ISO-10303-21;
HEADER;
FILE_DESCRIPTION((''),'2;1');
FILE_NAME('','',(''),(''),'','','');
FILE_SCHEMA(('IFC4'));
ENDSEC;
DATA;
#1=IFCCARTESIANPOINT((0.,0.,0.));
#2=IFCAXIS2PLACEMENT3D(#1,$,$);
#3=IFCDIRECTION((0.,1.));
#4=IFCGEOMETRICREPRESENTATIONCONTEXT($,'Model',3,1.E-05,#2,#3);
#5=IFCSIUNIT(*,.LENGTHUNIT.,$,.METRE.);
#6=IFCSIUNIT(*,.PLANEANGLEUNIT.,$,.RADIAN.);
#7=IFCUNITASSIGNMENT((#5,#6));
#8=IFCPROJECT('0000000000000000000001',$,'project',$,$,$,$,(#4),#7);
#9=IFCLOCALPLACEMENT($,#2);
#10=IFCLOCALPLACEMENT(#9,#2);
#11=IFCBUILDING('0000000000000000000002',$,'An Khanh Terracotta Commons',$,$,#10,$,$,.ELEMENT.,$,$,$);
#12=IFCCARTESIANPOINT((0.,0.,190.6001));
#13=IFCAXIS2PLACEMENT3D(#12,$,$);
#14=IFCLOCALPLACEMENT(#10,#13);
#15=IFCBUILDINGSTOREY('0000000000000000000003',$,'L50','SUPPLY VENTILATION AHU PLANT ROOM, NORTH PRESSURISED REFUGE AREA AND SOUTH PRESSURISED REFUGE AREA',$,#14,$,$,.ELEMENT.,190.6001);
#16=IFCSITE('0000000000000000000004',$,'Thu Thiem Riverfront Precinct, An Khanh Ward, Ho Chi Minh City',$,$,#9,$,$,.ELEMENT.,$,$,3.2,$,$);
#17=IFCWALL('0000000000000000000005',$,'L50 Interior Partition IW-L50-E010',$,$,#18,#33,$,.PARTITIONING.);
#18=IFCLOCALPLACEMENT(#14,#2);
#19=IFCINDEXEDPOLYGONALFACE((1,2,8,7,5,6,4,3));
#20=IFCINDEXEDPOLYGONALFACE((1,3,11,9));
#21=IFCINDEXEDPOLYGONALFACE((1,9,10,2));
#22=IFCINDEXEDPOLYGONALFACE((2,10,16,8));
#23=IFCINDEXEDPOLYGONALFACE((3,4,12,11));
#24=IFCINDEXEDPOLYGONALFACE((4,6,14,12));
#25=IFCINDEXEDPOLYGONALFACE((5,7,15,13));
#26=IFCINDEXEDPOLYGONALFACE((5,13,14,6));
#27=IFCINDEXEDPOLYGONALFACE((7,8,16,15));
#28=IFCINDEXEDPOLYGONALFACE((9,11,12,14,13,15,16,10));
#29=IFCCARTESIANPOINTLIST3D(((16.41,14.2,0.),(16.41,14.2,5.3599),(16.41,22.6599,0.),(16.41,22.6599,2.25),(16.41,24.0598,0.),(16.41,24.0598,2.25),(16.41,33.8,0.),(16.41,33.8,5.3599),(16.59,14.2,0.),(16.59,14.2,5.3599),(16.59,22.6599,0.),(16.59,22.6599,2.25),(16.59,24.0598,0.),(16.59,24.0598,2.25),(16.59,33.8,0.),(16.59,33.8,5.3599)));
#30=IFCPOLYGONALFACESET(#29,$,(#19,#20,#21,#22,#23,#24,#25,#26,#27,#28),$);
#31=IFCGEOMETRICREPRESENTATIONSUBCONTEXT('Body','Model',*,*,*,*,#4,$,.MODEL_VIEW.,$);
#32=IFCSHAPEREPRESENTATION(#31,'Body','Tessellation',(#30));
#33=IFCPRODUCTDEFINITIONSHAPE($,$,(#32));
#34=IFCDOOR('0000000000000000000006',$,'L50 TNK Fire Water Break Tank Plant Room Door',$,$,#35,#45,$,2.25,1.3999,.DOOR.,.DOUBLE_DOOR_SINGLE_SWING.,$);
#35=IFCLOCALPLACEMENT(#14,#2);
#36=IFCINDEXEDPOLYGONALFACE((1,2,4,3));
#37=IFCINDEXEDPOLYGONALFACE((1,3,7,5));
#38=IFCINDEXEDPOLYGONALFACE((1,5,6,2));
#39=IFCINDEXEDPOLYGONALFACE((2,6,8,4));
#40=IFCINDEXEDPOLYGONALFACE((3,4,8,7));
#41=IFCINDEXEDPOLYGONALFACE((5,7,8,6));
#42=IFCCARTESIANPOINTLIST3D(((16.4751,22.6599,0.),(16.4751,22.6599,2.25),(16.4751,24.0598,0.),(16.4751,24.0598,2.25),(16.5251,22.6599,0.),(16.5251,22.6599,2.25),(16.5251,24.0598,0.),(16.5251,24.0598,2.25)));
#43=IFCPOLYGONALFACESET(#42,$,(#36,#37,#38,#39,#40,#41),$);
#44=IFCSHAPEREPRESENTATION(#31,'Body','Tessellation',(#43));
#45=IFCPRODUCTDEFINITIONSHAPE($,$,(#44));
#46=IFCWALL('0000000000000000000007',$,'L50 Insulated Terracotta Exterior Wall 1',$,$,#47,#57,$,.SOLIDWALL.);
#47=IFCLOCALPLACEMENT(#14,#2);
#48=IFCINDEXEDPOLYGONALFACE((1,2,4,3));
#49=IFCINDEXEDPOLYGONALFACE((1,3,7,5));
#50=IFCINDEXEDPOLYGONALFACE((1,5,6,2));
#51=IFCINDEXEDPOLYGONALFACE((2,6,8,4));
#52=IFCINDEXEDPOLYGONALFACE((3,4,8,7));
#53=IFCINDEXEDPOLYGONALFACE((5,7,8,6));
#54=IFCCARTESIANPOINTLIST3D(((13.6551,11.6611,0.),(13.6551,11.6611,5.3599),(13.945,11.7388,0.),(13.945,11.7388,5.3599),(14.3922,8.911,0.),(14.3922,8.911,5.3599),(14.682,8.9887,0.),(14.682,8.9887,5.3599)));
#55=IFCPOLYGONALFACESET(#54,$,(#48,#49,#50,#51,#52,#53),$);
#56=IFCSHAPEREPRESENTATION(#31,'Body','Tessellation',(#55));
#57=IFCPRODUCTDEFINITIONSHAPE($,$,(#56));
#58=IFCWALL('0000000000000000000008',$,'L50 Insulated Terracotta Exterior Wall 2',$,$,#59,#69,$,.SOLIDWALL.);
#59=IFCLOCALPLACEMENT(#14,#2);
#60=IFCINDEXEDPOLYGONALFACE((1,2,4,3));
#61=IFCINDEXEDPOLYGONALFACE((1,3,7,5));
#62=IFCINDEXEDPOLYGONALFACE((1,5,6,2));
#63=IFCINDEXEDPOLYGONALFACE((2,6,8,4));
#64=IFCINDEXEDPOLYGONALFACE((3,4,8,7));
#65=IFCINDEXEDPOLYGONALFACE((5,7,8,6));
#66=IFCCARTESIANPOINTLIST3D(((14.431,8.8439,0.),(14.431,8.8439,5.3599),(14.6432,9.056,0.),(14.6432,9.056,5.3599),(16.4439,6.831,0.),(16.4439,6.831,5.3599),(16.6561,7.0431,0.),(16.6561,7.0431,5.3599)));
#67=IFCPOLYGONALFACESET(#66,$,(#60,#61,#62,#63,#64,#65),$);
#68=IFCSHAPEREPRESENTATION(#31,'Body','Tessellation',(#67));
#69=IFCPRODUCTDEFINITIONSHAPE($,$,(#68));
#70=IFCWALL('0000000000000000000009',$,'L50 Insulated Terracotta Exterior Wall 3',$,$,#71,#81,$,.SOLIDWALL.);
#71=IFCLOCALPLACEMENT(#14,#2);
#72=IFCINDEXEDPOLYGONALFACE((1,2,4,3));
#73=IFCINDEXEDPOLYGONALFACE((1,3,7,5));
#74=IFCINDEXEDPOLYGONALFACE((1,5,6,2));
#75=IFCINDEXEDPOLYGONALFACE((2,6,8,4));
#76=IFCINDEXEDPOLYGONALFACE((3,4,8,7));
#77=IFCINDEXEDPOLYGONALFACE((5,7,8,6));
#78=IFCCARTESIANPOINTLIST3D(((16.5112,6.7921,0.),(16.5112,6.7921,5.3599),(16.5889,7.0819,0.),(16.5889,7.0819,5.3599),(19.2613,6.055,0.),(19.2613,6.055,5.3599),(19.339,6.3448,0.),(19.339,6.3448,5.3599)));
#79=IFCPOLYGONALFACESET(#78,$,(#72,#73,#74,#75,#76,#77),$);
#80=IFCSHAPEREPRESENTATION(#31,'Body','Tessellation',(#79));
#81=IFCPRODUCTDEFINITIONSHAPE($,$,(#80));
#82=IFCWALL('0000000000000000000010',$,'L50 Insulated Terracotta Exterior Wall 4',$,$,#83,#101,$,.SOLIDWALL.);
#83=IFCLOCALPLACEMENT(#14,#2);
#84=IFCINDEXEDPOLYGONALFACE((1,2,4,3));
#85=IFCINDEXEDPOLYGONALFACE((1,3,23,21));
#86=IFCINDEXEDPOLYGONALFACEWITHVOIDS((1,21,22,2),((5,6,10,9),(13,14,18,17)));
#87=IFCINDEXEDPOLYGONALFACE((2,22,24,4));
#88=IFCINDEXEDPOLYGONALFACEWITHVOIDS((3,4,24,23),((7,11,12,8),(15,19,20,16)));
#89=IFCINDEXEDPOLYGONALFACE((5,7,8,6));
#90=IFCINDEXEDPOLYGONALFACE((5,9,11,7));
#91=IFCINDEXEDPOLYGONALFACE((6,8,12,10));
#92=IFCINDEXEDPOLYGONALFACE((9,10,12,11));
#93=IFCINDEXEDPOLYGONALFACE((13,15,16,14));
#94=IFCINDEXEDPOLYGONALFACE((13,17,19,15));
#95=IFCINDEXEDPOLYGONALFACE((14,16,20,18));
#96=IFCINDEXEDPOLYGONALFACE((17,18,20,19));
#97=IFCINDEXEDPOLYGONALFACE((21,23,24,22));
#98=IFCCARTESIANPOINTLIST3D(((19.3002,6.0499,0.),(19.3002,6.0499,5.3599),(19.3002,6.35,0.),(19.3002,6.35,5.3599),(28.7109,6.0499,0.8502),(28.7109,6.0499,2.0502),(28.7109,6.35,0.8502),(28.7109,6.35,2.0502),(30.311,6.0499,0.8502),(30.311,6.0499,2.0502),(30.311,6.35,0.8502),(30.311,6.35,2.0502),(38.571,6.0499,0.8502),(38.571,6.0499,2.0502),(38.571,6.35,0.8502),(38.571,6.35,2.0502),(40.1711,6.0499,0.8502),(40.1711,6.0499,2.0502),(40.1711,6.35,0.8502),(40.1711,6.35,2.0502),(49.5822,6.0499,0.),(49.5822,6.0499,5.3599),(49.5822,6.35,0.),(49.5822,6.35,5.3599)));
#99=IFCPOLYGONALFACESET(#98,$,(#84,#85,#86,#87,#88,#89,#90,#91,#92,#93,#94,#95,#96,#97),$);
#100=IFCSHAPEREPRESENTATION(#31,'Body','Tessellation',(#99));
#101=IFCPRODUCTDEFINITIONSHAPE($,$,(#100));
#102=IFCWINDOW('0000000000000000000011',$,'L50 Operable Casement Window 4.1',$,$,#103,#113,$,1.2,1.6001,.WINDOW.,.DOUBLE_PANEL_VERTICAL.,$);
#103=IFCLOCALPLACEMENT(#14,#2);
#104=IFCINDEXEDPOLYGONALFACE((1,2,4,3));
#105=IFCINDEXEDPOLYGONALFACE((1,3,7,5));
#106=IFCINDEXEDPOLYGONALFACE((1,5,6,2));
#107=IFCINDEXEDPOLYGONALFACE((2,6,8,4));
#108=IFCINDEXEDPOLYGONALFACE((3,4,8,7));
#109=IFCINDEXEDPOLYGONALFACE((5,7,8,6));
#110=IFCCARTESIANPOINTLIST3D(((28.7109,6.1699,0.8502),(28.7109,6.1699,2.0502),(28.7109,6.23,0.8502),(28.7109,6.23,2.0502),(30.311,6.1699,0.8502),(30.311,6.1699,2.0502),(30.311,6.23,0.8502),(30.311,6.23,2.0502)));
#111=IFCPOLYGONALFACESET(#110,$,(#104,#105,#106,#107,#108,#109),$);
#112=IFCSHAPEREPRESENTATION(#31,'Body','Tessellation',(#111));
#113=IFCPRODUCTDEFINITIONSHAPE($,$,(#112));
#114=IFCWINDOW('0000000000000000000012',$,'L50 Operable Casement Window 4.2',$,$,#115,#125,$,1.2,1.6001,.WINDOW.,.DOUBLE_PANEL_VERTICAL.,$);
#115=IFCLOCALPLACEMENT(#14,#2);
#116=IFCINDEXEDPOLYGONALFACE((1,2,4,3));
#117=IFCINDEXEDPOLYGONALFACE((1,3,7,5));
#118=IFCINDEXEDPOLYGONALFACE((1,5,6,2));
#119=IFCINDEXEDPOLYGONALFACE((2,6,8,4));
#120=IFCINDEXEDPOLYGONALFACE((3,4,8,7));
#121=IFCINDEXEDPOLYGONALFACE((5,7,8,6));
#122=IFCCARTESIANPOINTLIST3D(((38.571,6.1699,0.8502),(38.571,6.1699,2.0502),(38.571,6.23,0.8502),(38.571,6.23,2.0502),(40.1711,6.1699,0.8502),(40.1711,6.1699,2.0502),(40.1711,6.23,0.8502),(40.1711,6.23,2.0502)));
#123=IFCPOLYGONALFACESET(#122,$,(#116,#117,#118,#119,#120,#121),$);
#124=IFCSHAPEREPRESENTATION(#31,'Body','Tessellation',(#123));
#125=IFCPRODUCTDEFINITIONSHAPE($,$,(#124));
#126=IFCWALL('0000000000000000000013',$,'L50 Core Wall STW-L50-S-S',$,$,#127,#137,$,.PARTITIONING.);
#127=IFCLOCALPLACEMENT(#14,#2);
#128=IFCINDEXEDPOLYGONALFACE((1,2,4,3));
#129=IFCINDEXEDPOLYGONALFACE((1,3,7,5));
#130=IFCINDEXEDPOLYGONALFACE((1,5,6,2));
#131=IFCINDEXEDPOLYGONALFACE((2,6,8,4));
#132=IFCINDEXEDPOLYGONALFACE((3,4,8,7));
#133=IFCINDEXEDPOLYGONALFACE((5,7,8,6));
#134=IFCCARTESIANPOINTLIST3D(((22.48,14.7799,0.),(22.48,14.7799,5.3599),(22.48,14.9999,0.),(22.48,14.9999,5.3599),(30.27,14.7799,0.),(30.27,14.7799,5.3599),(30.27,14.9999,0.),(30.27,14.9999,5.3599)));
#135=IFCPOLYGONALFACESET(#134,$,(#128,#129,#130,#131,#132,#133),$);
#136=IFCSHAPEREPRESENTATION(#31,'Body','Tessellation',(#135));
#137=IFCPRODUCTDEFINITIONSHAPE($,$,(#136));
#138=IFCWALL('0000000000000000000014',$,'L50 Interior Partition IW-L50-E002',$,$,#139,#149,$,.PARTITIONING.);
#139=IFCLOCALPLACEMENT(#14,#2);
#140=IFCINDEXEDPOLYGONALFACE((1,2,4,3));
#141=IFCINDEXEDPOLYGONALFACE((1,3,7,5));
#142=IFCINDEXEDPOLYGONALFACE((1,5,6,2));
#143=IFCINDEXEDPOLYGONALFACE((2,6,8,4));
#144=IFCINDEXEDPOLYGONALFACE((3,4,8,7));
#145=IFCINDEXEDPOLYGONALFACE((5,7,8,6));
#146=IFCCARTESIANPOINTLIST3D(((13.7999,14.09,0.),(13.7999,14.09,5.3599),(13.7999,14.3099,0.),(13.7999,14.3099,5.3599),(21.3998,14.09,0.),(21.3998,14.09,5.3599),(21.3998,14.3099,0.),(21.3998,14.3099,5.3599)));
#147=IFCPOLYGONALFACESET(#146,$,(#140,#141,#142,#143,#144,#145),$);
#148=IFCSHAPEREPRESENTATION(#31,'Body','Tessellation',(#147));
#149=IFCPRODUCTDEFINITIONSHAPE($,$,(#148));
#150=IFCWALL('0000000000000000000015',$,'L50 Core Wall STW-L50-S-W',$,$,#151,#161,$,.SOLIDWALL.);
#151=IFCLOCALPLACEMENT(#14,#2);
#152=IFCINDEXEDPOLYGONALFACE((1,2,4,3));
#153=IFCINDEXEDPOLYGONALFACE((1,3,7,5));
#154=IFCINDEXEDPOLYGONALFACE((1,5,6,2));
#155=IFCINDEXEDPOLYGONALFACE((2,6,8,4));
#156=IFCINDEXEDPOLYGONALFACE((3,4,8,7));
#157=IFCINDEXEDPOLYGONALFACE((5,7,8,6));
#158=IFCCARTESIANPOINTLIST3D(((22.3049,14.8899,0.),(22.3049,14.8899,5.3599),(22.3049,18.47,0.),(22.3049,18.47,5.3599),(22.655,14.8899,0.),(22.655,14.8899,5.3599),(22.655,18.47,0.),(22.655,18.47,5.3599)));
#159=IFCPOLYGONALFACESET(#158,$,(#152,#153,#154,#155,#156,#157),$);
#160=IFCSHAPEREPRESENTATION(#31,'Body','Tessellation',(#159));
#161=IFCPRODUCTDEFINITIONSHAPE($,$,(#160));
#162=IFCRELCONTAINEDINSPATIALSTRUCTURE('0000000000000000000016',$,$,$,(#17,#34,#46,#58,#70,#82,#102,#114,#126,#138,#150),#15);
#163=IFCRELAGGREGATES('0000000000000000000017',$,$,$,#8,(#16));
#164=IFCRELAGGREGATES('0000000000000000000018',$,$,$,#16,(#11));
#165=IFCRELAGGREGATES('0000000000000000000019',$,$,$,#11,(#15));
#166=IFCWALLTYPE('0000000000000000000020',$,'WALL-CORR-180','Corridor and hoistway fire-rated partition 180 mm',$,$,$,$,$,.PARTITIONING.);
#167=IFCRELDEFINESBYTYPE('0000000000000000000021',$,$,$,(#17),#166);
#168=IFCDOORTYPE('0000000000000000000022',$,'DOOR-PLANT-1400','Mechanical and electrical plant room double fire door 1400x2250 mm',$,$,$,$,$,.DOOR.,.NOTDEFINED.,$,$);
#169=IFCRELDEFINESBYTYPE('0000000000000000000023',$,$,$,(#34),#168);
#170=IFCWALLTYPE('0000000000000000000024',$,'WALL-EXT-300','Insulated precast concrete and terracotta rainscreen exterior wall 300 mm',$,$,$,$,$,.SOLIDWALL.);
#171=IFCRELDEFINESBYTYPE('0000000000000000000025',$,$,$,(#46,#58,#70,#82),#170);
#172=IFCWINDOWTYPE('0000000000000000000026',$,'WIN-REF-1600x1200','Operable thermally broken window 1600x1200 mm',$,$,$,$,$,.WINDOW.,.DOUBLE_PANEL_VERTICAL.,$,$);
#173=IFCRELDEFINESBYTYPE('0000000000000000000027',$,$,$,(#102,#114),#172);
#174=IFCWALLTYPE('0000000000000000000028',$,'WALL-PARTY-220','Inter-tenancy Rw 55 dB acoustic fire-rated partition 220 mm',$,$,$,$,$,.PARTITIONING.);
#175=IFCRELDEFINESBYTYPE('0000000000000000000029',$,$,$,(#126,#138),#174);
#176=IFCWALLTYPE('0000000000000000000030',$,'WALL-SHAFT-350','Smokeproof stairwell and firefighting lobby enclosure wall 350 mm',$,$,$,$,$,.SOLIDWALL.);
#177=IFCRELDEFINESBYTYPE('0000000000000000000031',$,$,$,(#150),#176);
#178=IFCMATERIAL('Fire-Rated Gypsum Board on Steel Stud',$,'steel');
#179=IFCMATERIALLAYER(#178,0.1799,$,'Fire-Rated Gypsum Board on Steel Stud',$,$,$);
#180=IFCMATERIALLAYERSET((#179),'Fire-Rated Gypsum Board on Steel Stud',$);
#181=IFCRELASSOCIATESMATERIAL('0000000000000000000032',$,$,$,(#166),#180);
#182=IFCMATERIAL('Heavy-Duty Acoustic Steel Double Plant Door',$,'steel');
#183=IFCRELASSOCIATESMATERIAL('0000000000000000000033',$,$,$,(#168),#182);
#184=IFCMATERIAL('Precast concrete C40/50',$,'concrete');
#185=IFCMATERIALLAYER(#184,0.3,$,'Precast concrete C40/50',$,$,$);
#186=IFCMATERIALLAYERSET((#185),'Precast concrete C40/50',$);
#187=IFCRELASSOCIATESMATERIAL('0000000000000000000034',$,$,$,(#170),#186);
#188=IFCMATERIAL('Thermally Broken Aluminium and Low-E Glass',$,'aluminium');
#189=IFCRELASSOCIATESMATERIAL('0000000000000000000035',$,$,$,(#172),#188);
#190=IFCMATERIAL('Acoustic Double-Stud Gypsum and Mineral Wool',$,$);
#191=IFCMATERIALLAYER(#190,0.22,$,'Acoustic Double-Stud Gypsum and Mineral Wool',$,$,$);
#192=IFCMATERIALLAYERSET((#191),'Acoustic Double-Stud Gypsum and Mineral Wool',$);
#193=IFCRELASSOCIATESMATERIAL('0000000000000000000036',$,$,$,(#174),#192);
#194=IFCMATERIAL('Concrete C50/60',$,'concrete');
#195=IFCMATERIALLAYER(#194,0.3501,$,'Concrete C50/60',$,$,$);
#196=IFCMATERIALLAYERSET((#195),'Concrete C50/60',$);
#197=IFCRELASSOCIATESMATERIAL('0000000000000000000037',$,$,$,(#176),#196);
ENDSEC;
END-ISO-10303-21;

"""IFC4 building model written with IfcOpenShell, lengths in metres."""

from ifc_helpers import new_model, si_unit, direction, frame, frame_2d, origin, place, context, subcontext, project, spatial, rectangle, extrude, material, layer, layer_set, type_object, element, fill, save


model = new_model("IFC4")

# Units and contexts
model_context = context("Model", 3, precision=1e-05, world=origin(), true_north=direction((0.0, 1.0)))
body_context = subcontext(model_context, "Body", "Model", "MODEL_VIEW")
ifc_project = project(units=[si_unit("LENGTHUNIT", "METRE"), si_unit("PLANEANGLEUNIT", "RADIAN")], contexts=[model_context])

# Site, building, storey
site_placement = place(None, origin())
site = spatial("IfcSite", under=ifc_project, at=site_placement, Name="Thu Thiem Riverfront Precinct, An Khanh Ward, Ho Chi Minh City", CompositionType="ELEMENT", RefElevation=3.2)
building_placement = place(site_placement, origin())
building = spatial("IfcBuilding", under=site, at=building_placement, Name="An Khanh Terracotta Commons", CompositionType="ELEMENT")
storey_placement = place(building_placement, frame((0.0, 0.0, 190.6001)))
storey = spatial("IfcBuildingStorey", under=building, at=storey_placement, Name="L50", Description="SUPPLY VENTILATION AHU PLANT ROOM, NORTH PRESSURISED REFUGE AREA AND SOUTH PRESSURISED REFUGE AREA", CompositionType="ELEMENT", Elevation=190.6001)

# Shared definitions
ifc_material_1 = material(Name="Precast concrete C40/50", Category="concrete")

# Shared definitions
ifc_material_2 = material(Name="Fire-Rated Gypsum Board on Steel Stud", Category="steel")
ifc_layer_1 = layer(ifc_material_2, 0.1799, Name="Fire-Rated Gypsum Board on Steel Stud")
ifc_layer_set_1 = layer_set([ifc_layer_1], Name="Fire-Rated Gypsum Board on Steel Stud")
wall_type_1 = type_object("IfcWallType", Name="WALL-CORR-180", Description="Corridor and hoistway fire-rated partition 180 mm", PredefinedType="PARTITIONING", material=ifc_layer_set_1)

# Wall, opening, door
ifc_material_3 = material(Name="Heavy-Duty Acoustic Steel Double Plant Door", Category="steel")
door_type = type_object("IfcDoorType", Name="DOOR-PLANT-1400", Description="Mechanical and electrical plant room double fire door 1400x2250 mm", OperationType="NOTDEFINED", PredefinedType="DOOR", material=ifc_material_3)
wall_1_placement = place(storey_placement, frame((16.5, 14.2, 0.0), z_axis=(0.0, 0.0, 1.0), x_axis=(0.0, 1.0, 0.0)))
wall_1 = element("IfcWall", 1, at=wall_1_placement, inside=storey, type_object=wall_type_1, Name="L50 Interior Partition IW-L50-E010", PredefinedType="PARTITIONING", context=body_context, shape_type="SweptSolid", body=[
    extrude(rectangle(XDim=19.6001, YDim=0.1799, at=frame_2d((9.8, 0.0))), origin(), (0.0, 0.0, 1.0), 5.3599),
])
opening_1_placement = place(wall_1_placement, frame((8.46, 0.0, 0.0)))
opening_1 = element("IfcOpeningElement", 2, at=opening_1_placement, cuts=wall_1, PredefinedType="OPENING", context=body_context, shape_type="SweptSolid", body=[
    extrude(rectangle(XDim=1.3999, YDim=2.25, at=frame_2d((0.7, 1.125))), frame((0.0, 0.0999, 0.0), z_axis=(0.0, -1.0, 0.0), x_axis=(1.0, 0.0, 0.0)), (0.0, 0.0, 1.0), 0.2),
])
door_1_placement = place(opening_1_placement, origin())
door_1 = element("IfcDoor", 3, at=door_1_placement, inside=storey, type_object=door_type, Name="L50 TNK Fire Water Break Tank Plant Room Door", OperationType="DOUBLE_DOOR_SINGLE_SWING", OverallHeight=2.25, OverallWidth=1.3999, PredefinedType="DOOR", context=body_context, shape_type="SweptSolid", body=[
    extrude(rectangle(XDim=1.3999, YDim=2.25, at=frame_2d((0.7, 1.125))), frame((0.0, 0.0249, 0.0), z_axis=(0.0, -1.0, 0.0), x_axis=(1.0, 0.0, 0.0)), (0.0, 0.0, 1.0), 0.05),
])
fill(opening_1, door_1)

# Walls
ifc_layer_2 = layer(ifc_material_1, 0.3, Name="Precast concrete C40/50")
ifc_layer_set_2 = layer_set([ifc_layer_2], Name="Precast concrete C40/50")
wall_type_2 = type_object("IfcWallType", Name="WALL-EXT-300", Description="Insulated precast concrete and terracotta rainscreen exterior wall 300 mm", PredefinedType="SOLIDWALL", material=ifc_layer_set_2)
wall_2_placement = place(storey_placement, frame((13.8, 11.7, 0.0), z_axis=(0.0, 0.0, 1.0), x_axis=(0.258885, -0.965908, 0.0)))
element("IfcWall", 4, at=wall_2_placement, inside=storey, type_object=wall_type_2, Name="L50 Insulated Terracotta Exterior Wall 1", PredefinedType="SOLIDWALL", context=body_context, shape_type="SweptSolid", body=[
    extrude(rectangle(XDim=2.8472, YDim=0.3, at=frame_2d((1.4236, 0.0))), origin(), (0.0, 0.0, 1.0), 5.3599),
])
wall_3_placement = place(storey_placement, frame((14.5371, 8.95, 0.0), z_axis=(0.0, 0.0, 1.0), x_axis=(0.707107, -0.707107, 0.0)))
element("IfcWall", 5, at=wall_3_placement, inside=storey, type_object=wall_type_2, Name="L50 Insulated Terracotta Exterior Wall 2", PredefinedType="SOLIDWALL", context=body_context, shape_type="SweptSolid", body=[
    extrude(rectangle(XDim=2.8467, YDim=0.3, at=frame_2d((1.4233, 0.0))), origin(), (0.0, 0.0, 1.0), 5.3599),
])
wall_4_placement = place(storey_placement, frame((16.55, 6.937, 0.0), z_axis=(0.0, 0.0, 1.0), x_axis=(0.965908, -0.258885, 0.0)))
element("IfcWall", 6, at=wall_4_placement, inside=storey, type_object=wall_type_2, Name="L50 Insulated Terracotta Exterior Wall 3", PredefinedType="SOLIDWALL", context=body_context, shape_type="SweptSolid", body=[
    extrude(rectangle(XDim=2.8472, YDim=0.3, at=frame_2d((1.4236, 0.0))), origin(), (0.0, 0.0, 1.0), 5.3599),
])

# Wall, openings, windows
wall_5_placement = place(storey_placement, frame((19.3, 6.2, 0.0), z_axis=(0.0, 0.0, 1.0), x_axis=(1.0, 0.0, 0.0)))
wall_5 = element("IfcWall", 7, at=wall_5_placement, inside=storey, type_object=wall_type_2, Name="L50 Insulated Terracotta Exterior Wall 4", PredefinedType="SOLIDWALL", context=body_context, shape_type="SweptSolid", body=[
    extrude(rectangle(XDim=30.282, YDim=0.3, at=frame_2d((15.1411, 0.0))), origin(), (0.0, 0.0, 1.0), 5.3599),
])
opening_2_placement = place(wall_5_placement, frame((9.4109, 0.0, 0.8501)))
opening_2 = element("IfcOpeningElement", 8, at=opening_2_placement, cuts=wall_5, PredefinedType="OPENING", context=body_context, shape_type="SweptSolid", body=[
    extrude(rectangle(XDim=1.6001, YDim=1.2, at=frame_2d((0.8, 0.6001))), frame((0.0, 0.1599, 0.0), z_axis=(0.0, -1.0, 0.0), x_axis=(1.0, 0.0, 0.0)), (0.0, 0.0, 1.0), 0.3201),
])
opening_3_placement = place(wall_5_placement, frame((19.271, 0.0, 0.8501)))
opening_3 = element("IfcOpeningElement", 9, at=opening_3_placement, cuts=wall_5, PredefinedType="OPENING", context=body_context, shape_type="SweptSolid", body=[
    extrude(rectangle(XDim=1.6001, YDim=1.2, at=frame_2d((0.8, 0.6001))), frame((0.0, 0.1599, 0.0), z_axis=(0.0, -1.0, 0.0), x_axis=(1.0, 0.0, 0.0)), (0.0, 0.0, 1.0), 0.3201),
])
ifc_material_4 = material(Name="Thermally Broken Aluminium and Low-E Glass", Category="aluminium")
window_type = type_object("IfcWindowType", Name="WIN-REF-1600x1200", Description="Operable thermally broken window 1600x1200 mm", PartitioningType="DOUBLE_PANEL_VERTICAL", PredefinedType="WINDOW", material=ifc_material_4)
window_1_placement = place(opening_2_placement, origin())
window_1 = element("IfcWindow", 10, at=window_1_placement, inside=storey, type_object=window_type, Name="L50 Operable Casement Window 4.1", OverallHeight=1.2, OverallWidth=1.6001, PartitioningType="DOUBLE_PANEL_VERTICAL", PredefinedType="WINDOW", context=body_context, shape_type="SweptSolid", body=[
    extrude(rectangle(XDim=1.6001, YDim=1.2, at=frame_2d((0.8, 0.6001))), frame((0.0, 0.03, 0.0), z_axis=(0.0, -1.0, 0.0), x_axis=(1.0, 0.0, 0.0)), (0.0, 0.0, 1.0), 0.0601),
])
fill(opening_2, window_1)
window_2_placement = place(opening_3_placement, origin())
window_2 = element("IfcWindow", 11, at=window_2_placement, inside=storey, type_object=window_type, Name="L50 Operable Casement Window 4.2", OverallHeight=1.2, OverallWidth=1.6001, PartitioningType="DOUBLE_PANEL_VERTICAL", PredefinedType="WINDOW", context=body_context, shape_type="SweptSolid", body=[
    extrude(rectangle(XDim=1.6001, YDim=1.2, at=frame_2d((0.8, 0.6001))), frame((0.0, 0.03, 0.0), z_axis=(0.0, -1.0, 0.0), x_axis=(1.0, 0.0, 0.0)), (0.0, 0.0, 1.0), 0.0601),
])
fill(opening_3, window_2)

# Walls
ifc_material_5 = material(Name="Acoustic Double-Stud Gypsum and Mineral Wool")
ifc_layer_3 = layer(ifc_material_5, 0.22, Name="Acoustic Double-Stud Gypsum and Mineral Wool")
ifc_layer_set_3 = layer_set([ifc_layer_3], Name="Acoustic Double-Stud Gypsum and Mineral Wool")
wall_type_3 = type_object("IfcWallType", Name="WALL-PARTY-220", Description="Inter-tenancy Rw 55 dB acoustic fire-rated partition 220 mm", PredefinedType="PARTITIONING", material=ifc_layer_set_3)
wall_6_placement = place(storey_placement, frame((22.48, 14.8899, 0.0), z_axis=(0.0, 0.0, 1.0), x_axis=(1.0, 0.0, 0.0)))
element("IfcWall", 12, at=wall_6_placement, inside=storey, type_object=wall_type_3, Name="L50 Core Wall STW-L50-S-S", PredefinedType="PARTITIONING", context=body_context, shape_type="SweptSolid", body=[
    extrude(rectangle(XDim=7.79, YDim=0.22, at=frame_2d((3.895, 0.0))), origin(), (0.0, 0.0, 1.0), 5.3599),
])
wall_7_placement = place(storey_placement, frame((13.8, 14.2, 0.0), z_axis=(0.0, 0.0, 1.0), x_axis=(1.0, 0.0, 0.0)))
element("IfcWall", 13, at=wall_7_placement, inside=storey, type_object=wall_type_3, Name="L50 Interior Partition IW-L50-E002", PredefinedType="PARTITIONING", context=body_context, shape_type="SweptSolid", body=[
    extrude(rectangle(XDim=7.5999, YDim=0.22, at=frame_2d((3.7998, 0.0))), origin(), (0.0, 0.0, 1.0), 5.3599),
])
ifc_material_6 = material(Name="Concrete C50/60", Category="concrete")
ifc_layer_4 = layer(ifc_material_6, 0.3501, Name="Concrete C50/60")
ifc_layer_set_4 = layer_set([ifc_layer_4], Name="Concrete C50/60")
wall_type_4 = type_object("IfcWallType", Name="WALL-SHAFT-350", Description="Smokeproof stairwell and firefighting lobby enclosure wall 350 mm", PredefinedType="SOLIDWALL", material=ifc_layer_set_4)
wall_8_placement = place(storey_placement, frame((22.48, 14.8899, 0.0), z_axis=(0.0, 0.0, 1.0), x_axis=(0.0, 1.0, 0.0)))
element("IfcWall", 14, at=wall_8_placement, inside=storey, type_object=wall_type_4, Name="L50 Core Wall STW-L50-S-W", PredefinedType="SOLIDWALL", context=body_context, shape_type="SweptSolid", body=[
    extrude(rectangle(XDim=3.5801, YDim=0.3501, at=frame_2d((1.79, 0.0))), origin(), (0.0, 0.0, 1.0), 5.3599),
])

save(model, "model.ifc")
